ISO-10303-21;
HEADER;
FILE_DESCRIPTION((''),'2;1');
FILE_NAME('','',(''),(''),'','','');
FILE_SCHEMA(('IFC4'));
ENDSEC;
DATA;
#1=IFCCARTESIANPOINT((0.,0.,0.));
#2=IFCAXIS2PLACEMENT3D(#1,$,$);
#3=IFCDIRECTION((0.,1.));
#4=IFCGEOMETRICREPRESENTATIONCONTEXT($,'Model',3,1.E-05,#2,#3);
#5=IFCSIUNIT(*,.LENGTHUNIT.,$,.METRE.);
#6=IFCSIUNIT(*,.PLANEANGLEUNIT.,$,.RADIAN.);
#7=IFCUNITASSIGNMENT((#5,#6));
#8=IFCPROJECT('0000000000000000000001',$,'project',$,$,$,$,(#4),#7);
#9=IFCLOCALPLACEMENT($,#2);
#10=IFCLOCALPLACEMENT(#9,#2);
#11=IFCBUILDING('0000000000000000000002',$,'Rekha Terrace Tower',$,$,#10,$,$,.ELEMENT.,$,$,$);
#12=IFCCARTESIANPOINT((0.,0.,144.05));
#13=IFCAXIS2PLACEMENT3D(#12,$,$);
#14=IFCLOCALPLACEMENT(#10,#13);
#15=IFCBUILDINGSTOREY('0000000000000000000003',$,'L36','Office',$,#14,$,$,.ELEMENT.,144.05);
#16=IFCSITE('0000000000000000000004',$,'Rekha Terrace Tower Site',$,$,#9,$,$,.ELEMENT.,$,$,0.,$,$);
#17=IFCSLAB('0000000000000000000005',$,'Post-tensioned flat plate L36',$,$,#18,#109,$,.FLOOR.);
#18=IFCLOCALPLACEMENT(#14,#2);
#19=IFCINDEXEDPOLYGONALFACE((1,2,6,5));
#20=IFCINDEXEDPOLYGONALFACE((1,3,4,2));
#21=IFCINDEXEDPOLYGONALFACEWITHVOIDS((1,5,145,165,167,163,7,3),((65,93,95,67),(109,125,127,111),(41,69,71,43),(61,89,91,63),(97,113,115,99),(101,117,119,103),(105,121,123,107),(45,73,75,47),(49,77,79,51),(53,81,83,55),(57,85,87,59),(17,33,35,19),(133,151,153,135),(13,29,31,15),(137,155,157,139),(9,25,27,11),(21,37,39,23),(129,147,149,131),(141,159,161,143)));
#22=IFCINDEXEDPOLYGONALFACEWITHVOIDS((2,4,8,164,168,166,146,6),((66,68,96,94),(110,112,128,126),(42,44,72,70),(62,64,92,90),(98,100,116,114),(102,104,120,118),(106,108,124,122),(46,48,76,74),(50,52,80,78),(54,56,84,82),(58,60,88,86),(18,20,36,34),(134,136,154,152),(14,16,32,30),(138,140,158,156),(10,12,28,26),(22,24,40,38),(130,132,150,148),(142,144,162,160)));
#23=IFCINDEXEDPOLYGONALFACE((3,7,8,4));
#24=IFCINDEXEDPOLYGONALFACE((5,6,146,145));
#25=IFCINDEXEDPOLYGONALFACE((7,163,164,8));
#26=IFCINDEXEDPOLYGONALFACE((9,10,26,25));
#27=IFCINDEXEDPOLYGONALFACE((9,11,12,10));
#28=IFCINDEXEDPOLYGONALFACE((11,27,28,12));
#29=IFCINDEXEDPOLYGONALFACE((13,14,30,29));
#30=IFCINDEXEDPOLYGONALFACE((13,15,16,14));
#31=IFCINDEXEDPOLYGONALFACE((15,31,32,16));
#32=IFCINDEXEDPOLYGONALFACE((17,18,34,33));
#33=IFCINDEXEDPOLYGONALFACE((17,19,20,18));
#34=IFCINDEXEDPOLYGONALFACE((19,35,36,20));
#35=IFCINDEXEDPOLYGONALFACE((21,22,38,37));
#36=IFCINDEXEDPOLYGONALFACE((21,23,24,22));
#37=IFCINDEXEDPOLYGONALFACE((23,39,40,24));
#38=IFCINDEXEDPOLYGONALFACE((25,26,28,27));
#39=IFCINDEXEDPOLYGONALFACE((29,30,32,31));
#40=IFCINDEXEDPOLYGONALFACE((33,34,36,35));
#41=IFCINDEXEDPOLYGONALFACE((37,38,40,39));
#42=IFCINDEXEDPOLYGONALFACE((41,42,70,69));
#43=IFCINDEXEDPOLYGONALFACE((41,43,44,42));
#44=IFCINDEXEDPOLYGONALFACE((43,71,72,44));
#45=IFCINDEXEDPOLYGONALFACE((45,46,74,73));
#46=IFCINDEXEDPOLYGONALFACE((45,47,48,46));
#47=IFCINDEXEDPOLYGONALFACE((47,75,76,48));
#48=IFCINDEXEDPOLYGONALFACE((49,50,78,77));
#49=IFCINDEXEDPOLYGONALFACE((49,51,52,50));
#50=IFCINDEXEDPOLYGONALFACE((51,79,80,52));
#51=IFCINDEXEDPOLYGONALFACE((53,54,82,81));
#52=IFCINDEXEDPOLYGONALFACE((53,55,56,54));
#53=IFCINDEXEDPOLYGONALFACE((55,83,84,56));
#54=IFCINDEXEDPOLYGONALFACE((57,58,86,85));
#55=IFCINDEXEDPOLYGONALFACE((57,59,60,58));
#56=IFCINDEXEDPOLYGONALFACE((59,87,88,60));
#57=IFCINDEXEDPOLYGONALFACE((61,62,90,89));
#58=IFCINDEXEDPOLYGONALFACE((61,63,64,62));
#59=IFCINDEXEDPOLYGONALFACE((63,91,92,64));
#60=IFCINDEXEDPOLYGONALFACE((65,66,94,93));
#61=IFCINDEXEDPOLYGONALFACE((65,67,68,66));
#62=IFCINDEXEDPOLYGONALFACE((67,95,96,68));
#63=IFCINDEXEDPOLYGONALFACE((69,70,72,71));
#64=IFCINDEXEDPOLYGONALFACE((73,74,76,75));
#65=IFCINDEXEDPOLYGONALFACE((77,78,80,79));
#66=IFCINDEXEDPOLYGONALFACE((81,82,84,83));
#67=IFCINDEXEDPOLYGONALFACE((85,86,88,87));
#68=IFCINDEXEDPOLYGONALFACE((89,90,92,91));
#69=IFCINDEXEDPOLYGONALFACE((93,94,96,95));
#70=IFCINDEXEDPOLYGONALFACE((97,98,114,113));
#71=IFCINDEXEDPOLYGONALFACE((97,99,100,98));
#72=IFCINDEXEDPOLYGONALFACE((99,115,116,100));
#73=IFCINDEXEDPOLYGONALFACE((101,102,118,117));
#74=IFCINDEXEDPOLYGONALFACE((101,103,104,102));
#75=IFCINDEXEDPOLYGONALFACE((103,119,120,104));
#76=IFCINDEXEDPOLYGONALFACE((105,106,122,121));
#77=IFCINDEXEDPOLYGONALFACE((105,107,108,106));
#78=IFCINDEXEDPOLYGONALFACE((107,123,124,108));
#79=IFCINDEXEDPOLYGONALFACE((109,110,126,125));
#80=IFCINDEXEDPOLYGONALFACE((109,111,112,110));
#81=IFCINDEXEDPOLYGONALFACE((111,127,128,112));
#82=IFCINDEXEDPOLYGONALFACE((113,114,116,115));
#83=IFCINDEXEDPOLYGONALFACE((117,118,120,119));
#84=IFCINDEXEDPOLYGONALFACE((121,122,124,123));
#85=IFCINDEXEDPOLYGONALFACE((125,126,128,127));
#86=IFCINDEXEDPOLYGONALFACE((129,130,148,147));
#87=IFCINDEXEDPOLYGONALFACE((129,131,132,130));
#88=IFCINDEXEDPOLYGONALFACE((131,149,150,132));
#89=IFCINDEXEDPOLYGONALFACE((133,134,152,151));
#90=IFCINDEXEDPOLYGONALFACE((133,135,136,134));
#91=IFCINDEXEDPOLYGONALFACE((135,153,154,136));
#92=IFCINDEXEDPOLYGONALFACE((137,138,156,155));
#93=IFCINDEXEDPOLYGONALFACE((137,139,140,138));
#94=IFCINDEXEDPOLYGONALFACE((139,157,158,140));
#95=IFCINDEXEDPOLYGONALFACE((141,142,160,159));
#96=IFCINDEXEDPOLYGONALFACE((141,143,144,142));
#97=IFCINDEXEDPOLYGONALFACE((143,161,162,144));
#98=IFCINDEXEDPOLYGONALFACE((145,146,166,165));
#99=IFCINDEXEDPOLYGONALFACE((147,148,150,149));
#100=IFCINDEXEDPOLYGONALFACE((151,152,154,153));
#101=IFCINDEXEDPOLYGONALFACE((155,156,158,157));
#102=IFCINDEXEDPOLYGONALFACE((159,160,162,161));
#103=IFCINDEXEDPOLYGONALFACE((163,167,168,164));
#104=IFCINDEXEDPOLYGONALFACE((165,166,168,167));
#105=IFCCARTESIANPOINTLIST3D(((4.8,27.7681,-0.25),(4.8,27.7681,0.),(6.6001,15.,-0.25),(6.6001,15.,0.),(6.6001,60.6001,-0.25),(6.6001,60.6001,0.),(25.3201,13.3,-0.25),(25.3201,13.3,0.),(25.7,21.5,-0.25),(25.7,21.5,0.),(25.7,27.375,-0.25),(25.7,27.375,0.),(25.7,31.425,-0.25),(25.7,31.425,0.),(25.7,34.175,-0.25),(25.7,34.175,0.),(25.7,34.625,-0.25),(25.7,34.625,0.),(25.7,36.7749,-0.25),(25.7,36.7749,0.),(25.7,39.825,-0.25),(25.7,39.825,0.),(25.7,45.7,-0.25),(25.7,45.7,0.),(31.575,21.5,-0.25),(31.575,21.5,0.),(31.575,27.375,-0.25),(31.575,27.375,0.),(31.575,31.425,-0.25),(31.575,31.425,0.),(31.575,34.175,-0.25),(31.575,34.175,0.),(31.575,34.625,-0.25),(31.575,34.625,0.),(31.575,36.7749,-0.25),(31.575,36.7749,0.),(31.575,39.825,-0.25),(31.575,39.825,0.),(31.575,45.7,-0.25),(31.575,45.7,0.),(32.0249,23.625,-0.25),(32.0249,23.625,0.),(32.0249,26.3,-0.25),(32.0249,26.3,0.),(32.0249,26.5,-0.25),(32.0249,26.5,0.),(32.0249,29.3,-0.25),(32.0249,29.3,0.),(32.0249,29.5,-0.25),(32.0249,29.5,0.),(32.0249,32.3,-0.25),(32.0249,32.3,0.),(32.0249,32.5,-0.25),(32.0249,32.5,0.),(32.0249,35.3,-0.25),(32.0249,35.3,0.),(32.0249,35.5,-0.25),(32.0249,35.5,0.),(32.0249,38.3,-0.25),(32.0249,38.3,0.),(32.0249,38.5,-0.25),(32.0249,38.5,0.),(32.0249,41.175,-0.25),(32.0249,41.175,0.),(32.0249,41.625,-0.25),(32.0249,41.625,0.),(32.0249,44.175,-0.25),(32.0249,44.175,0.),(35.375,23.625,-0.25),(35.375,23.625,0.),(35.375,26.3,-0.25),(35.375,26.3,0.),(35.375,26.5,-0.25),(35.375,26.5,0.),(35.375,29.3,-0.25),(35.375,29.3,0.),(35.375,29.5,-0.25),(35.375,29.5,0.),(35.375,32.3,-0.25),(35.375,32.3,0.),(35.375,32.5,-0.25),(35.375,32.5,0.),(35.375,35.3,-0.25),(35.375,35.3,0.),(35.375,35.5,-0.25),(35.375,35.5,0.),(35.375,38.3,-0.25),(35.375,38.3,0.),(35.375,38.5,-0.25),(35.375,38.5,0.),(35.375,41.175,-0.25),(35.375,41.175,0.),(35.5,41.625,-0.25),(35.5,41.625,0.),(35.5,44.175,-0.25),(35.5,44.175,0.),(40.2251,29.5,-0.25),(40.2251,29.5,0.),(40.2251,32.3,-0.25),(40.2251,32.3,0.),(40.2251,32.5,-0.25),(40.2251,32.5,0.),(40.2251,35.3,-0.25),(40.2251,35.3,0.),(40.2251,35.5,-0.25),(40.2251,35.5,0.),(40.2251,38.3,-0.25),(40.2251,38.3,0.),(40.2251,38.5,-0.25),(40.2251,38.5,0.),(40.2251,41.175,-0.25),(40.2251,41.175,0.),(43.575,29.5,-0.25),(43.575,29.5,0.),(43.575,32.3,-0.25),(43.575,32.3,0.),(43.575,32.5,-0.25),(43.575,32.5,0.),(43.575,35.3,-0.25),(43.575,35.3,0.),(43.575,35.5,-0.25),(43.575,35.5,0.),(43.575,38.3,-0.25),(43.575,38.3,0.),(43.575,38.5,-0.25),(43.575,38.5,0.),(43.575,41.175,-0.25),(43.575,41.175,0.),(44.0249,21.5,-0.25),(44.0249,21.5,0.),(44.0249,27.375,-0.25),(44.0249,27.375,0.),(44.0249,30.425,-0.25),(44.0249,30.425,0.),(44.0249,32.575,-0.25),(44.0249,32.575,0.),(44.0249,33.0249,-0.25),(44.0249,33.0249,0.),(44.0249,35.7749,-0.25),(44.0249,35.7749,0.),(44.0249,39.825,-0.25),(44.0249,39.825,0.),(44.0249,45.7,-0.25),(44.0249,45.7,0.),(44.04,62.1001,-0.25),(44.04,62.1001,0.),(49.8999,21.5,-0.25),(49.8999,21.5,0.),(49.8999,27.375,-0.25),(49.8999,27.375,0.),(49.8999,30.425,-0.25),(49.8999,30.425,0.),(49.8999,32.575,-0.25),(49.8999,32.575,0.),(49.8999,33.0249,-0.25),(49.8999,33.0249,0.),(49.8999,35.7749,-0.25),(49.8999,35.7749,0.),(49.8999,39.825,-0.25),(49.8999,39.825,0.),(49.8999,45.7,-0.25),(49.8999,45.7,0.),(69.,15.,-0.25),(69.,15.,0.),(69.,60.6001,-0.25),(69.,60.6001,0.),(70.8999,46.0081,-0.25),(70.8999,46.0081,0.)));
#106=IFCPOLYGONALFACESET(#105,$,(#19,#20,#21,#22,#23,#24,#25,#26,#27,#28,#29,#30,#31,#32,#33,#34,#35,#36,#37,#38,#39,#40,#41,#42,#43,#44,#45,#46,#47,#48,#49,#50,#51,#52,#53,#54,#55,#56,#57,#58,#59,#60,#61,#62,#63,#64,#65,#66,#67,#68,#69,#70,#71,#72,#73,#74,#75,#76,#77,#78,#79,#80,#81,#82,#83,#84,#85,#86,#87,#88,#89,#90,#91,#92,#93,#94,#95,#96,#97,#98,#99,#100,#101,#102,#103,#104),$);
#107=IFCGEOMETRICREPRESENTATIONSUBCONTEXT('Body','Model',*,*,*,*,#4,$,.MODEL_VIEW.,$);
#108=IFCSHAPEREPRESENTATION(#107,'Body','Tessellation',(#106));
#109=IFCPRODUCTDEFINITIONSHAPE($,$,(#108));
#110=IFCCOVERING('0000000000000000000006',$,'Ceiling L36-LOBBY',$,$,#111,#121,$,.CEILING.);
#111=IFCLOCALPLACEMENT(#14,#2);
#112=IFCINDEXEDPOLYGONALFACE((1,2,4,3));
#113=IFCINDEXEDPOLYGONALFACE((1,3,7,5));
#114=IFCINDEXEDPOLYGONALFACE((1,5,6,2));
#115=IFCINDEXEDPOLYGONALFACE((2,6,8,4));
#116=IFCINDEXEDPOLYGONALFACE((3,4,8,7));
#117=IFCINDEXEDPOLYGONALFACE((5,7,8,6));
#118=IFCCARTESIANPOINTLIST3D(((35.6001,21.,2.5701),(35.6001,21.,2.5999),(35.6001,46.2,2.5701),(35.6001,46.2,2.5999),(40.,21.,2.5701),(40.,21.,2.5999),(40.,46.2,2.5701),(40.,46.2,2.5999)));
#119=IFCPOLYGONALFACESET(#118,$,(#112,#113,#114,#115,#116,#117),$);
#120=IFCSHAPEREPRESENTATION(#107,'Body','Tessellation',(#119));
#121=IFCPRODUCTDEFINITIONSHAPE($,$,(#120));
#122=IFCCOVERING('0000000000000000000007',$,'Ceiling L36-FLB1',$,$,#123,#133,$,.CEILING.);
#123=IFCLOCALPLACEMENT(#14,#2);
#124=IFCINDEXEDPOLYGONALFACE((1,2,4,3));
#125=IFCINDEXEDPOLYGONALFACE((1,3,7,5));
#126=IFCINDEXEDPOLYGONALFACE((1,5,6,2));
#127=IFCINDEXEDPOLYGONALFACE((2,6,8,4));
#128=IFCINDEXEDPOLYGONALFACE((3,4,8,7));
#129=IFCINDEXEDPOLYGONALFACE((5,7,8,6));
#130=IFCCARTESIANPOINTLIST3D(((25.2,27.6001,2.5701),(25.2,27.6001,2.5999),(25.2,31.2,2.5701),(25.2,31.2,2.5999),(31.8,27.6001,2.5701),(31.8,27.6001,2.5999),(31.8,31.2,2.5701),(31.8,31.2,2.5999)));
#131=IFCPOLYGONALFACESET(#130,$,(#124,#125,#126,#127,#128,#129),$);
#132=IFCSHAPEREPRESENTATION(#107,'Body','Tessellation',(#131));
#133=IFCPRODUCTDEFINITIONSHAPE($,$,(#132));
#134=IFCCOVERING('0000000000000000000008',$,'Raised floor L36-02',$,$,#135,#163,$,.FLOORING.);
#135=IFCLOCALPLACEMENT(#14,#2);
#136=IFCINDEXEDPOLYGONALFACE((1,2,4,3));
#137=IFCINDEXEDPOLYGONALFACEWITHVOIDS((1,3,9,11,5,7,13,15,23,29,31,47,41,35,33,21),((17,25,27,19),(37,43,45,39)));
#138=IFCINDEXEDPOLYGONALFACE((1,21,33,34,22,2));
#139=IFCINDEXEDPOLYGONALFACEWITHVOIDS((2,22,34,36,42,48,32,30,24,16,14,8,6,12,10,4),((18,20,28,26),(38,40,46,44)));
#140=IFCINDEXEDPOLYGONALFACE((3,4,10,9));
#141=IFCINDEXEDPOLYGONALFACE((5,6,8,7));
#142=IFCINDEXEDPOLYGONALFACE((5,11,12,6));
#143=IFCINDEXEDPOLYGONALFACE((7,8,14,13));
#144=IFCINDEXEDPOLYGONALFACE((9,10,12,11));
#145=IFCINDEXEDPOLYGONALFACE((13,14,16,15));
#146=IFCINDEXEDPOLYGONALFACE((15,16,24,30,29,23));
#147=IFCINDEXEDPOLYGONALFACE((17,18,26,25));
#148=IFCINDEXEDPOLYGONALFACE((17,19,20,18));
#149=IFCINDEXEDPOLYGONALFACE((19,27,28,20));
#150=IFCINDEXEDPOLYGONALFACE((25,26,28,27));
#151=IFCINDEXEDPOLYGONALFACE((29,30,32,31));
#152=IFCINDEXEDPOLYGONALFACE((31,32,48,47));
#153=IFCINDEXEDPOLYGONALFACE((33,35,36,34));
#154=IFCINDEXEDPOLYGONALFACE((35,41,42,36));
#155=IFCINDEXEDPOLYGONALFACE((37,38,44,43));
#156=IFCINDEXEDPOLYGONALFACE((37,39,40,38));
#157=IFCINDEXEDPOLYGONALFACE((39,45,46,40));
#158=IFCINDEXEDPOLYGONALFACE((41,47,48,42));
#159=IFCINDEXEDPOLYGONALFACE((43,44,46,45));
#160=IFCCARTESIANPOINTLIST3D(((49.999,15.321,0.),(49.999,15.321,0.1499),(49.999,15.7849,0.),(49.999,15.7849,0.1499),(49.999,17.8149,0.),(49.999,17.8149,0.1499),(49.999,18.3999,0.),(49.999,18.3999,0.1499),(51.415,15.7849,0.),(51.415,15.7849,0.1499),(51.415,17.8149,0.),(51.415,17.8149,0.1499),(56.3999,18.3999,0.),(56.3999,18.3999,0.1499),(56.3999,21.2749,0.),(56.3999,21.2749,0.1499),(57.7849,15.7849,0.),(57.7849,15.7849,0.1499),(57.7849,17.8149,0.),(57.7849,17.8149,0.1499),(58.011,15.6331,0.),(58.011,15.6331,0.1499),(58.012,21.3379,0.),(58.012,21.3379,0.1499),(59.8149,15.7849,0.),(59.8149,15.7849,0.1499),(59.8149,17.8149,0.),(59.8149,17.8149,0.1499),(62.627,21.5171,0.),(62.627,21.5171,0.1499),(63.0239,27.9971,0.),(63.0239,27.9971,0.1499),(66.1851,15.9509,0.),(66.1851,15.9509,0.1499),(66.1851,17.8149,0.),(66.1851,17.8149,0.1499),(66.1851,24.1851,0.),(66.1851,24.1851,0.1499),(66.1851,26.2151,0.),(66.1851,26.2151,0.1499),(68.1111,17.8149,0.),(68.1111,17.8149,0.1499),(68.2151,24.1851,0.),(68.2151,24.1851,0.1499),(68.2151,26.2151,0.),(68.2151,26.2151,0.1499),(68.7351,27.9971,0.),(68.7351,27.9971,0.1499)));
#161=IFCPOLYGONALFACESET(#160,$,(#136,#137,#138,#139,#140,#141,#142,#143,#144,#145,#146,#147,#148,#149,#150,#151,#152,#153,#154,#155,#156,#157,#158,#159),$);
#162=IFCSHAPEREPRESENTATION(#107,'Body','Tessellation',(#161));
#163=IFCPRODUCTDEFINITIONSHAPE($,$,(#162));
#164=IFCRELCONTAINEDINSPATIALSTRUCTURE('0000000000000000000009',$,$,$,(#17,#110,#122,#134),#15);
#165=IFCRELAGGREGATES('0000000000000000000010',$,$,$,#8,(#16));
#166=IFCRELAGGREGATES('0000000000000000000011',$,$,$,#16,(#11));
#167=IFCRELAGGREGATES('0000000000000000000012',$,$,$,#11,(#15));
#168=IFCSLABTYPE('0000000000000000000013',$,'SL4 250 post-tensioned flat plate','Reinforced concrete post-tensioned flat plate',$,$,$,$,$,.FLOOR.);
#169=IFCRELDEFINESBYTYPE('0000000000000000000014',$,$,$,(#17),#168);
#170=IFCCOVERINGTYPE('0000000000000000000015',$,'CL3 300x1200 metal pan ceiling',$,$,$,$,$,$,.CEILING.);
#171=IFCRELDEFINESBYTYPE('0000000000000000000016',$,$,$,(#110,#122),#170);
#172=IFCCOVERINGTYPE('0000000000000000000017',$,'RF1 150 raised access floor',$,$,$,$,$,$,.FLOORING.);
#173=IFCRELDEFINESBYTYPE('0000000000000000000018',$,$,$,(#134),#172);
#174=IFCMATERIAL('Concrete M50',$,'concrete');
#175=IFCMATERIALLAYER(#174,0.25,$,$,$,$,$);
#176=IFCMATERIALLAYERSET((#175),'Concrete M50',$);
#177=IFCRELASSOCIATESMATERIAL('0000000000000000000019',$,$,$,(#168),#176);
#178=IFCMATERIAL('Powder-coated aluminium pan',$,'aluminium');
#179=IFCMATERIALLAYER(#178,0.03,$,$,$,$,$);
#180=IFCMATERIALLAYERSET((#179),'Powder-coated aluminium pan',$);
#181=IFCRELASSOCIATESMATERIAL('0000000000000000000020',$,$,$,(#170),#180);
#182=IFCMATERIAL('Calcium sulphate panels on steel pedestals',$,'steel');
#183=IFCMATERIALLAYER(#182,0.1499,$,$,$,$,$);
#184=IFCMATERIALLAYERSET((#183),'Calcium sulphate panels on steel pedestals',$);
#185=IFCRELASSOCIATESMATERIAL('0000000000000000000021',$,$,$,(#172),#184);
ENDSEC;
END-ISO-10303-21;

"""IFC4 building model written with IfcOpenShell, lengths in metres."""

from ifc_helpers import new_model, si_unit, direction, frame, origin, place, context, subcontext, project, spatial, polyline, outline, extrude, material, layer, layer_set, type_object, element, save


model = new_model("IFC4")

# Units and contexts
model_context = context("Model", 3, precision=1e-05, world=origin(), true_north=direction((0.0, 1.0)))
body_context = subcontext(model_context, "Body", "Model", "MODEL_VIEW")
ifc_project = project(units=[si_unit("LENGTHUNIT", "METRE"), si_unit("PLANEANGLEUNIT", "RADIAN")], contexts=[model_context])

# Site, building, storey
site_placement = place(None, origin())
site = spatial("IfcSite", under=ifc_project, at=site_placement, Name="Rekha Terrace Tower Site", CompositionType="ELEMENT", RefElevation=0.0)
building_placement = place(site_placement, origin())
building = spatial("IfcBuilding", under=site, at=building_placement, Name="Rekha Terrace Tower", CompositionType="ELEMENT")
storey_placement = place(building_placement, frame((0.0, 0.0, 144.05)))
storey = spatial("IfcBuildingStorey", under=building, at=storey_placement, Name="L36", Description="Office", CompositionType="ELEMENT", Elevation=144.05)

# Slab
ifc_material_1 = material(Name="Concrete M50", Category="concrete")
ifc_layer_1 = layer(ifc_material_1, 0.25)
ifc_layer_set_1 = layer_set([ifc_layer_1], Name="Concrete M50")
slab_type_1 = type_object("IfcSlabType", Name="SL4 250 post-tensioned flat plate", Description="Reinforced concrete post-tensioned flat plate", PredefinedType="FLOOR", material=ifc_layer_set_1)
slab_1_placement = place(storey_placement, frame((0.0, 0.0, -0.25)))
element("IfcSlab", 1, at=slab_1_placement, inside=storey, type_object=slab_type_1, Name="Post-tensioned flat plate L36", PredefinedType="FLOOR", context=body_context, shape_type="SweptSolid", body=[
    extrude(outline(polyline([(4.8, 27.7681), (6.6001, 15.0), (25.3201, 13.3), (69.0, 15.0), (70.8999, 46.0081), (69.0, 60.6001), (44.04, 62.1001), (6.6001, 60.6001), (4.8, 27.7681)]), holes=[polyline([(31.575, 27.375), (31.575, 21.5), (25.7, 21.5), (25.7, 27.375), (31.575, 27.375)]), polyline([(35.375, 26.3), (35.375, 23.625), (32.0249, 23.625), (32.0249, 26.3), (35.375, 26.3)]), polyline([(35.375, 29.3), (35.375, 26.5), (32.0249, 26.5), (32.0249, 29.3), (35.375, 29.3)]), polyline([(35.375, 32.3), (35.375, 29.5), (32.0249, 29.5), (32.0249, 32.3), (35.375, 32.3)]), polyline([(31.575, 34.175), (31.575, 31.425), (25.7, 31.425), (25.7, 34.175), (31.575, 34.175)]), polyline([(35.375, 35.3), (35.375, 32.5), (32.0249, 32.5), (32.0249, 35.3), (35.375, 35.3)]), polyline([(31.575, 36.7749), (31.575, 34.625), (25.7, 34.625), (25.7, 36.7749), (31.575, 36.7749)]), polyline([(35.375, 35.5), (32.0249, 35.5), (32.0249, 38.3), (35.375, 38.3), (35.375, 35.5)]), polyline([(35.375, 38.5), (32.0249, 38.5), (32.0249, 41.175), (35.375, 41.175), (35.375, 38.5)]), polyline([(31.575, 45.7), (31.575, 39.825), (25.7, 39.825), (25.7, 45.7), (31.575, 45.7)]), polyline([(49.8999, 27.375), (49.8999, 21.5), (44.0249, 21.5), (44.0249, 27.375), (49.8999, 27.375)]), polyline([(43.575, 32.3), (43.575, 29.5), (40.2251, 29.5), (40.2251, 32.3), (43.575, 32.3)]), polyline([(49.8999, 30.425), (44.0249, 30.425), (44.0249, 32.575), (49.8999, 32.575), (49.8999, 30.425)]), polyline([(43.575, 32.5), (40.2251, 32.5), (40.2251, 35.3), (43.575, 35.3), (43.575, 32.5)]), polyline([(49.8999, 35.7749), (49.8999, 33.0249), (44.0249, 33.0249), (44.0249, 35.7749), (49.8999, 35.7749)]), polyline([(43.575, 38.3), (43.575, 35.5), (40.2251, 35.5), (40.2251, 38.3), (43.575, 38.3)]), polyline([(43.575, 41.175), (43.575, 38.5), (40.2251, 38.5), (40.2251, 41.175), (43.575, 41.175)]), polyline([(49.8999, 39.825), (44.0249, 39.825), (44.0249, 45.7), (49.8999, 45.7), (49.8999, 39.825)]), polyline([(35.5, 41.625), (32.0249, 41.625), (32.0249, 44.175), (35.5, 44.175), (35.5, 41.625)])]), origin(), (0.0, 0.0, 1.0), 0.25),
])

# Coverings
ifc_material_2 = material(Name="Powder-coated aluminium pan", Category="aluminium")
ifc_layer_2 = layer(ifc_material_2, 0.03)
ifc_layer_set_2 = layer_set([ifc_layer_2], Name="Powder-coated aluminium pan")
covering_type_1 = type_object("IfcCoveringType", Name="CL3 300x1200 metal pan ceiling", PredefinedType="CEILING", material=ifc_layer_set_2)
covering_1_placement = place(storey_placement, frame((0.0, 0.0, 2.5701)))
element("IfcCovering", 2, at=covering_1_placement, inside=storey, type_object=covering_type_1, Name="Ceiling L36-LOBBY", PredefinedType="CEILING", context=body_context, shape_type="SweptSolid", body=[
    extrude(outline(polyline([(40.0, 46.2), (35.6001, 46.2), (35.6001, 21.0), (40.0, 21.0), (40.0, 46.2)])), origin(), (0.0, 0.0, 1.0), 0.0298),
])
covering_2_placement = place(storey_placement, frame((0.0, 0.0, 2.5701)))
element("IfcCovering", 3, at=covering_2_placement, inside=storey, type_object=covering_type_1, Name="Ceiling L36-FLB1", PredefinedType="CEILING", context=body_context, shape_type="SweptSolid", body=[
    extrude(outline(polyline([(31.8, 31.2), (25.2, 31.2), (25.2, 27.6001), (31.8, 27.6001), (31.8, 31.2)])), origin(), (0.0, 0.0, 1.0), 0.0298),
])
ifc_material_3 = material(Name="Calcium sulphate panels on steel pedestals", Category="steel")
ifc_layer_3 = layer(ifc_material_3, 0.1499)
ifc_layer_set_3 = layer_set([ifc_layer_3], Name="Calcium sulphate panels on steel pedestals")
covering_type_2 = type_object("IfcCoveringType", Name="RF1 150 raised access floor", PredefinedType="FLOORING", material=ifc_layer_set_3)
covering_3_placement = place(storey_placement, origin())
element("IfcCovering", 4, at=covering_3_placement, inside=storey, type_object=covering_type_2, Name="Raised floor L36-02", PredefinedType="FLOORING", context=body_context, shape_type="SweptSolid", body=[
    extrude(outline(polyline([(51.415, 15.7849), (49.999, 15.7849), (49.999, 15.321), (58.011, 15.6331), (66.1851, 15.9509), (66.1851, 17.8149), (68.1111, 17.8149), (68.7351, 27.9971), (63.0239, 27.9971), (62.627, 21.5171), (58.012, 21.3379), (56.3999, 21.2749), (56.3999, 18.3999), (49.999, 18.3999), (49.999, 17.8149), (51.415, 17.8149), (51.415, 15.7849)]), holes=[polyline([(68.2151, 24.1851), (66.1851, 24.1851), (66.1851, 26.2151), (68.2151, 26.2151), (68.2151, 24.1851)]), polyline([(59.8149, 15.7849), (57.7849, 15.7849), (57.7849, 17.8149), (59.8149, 17.8149), (59.8149, 15.7849)])]), origin(), (0.0, 0.0, 1.0), 0.1499),
])

save(model, "model.ifc")
